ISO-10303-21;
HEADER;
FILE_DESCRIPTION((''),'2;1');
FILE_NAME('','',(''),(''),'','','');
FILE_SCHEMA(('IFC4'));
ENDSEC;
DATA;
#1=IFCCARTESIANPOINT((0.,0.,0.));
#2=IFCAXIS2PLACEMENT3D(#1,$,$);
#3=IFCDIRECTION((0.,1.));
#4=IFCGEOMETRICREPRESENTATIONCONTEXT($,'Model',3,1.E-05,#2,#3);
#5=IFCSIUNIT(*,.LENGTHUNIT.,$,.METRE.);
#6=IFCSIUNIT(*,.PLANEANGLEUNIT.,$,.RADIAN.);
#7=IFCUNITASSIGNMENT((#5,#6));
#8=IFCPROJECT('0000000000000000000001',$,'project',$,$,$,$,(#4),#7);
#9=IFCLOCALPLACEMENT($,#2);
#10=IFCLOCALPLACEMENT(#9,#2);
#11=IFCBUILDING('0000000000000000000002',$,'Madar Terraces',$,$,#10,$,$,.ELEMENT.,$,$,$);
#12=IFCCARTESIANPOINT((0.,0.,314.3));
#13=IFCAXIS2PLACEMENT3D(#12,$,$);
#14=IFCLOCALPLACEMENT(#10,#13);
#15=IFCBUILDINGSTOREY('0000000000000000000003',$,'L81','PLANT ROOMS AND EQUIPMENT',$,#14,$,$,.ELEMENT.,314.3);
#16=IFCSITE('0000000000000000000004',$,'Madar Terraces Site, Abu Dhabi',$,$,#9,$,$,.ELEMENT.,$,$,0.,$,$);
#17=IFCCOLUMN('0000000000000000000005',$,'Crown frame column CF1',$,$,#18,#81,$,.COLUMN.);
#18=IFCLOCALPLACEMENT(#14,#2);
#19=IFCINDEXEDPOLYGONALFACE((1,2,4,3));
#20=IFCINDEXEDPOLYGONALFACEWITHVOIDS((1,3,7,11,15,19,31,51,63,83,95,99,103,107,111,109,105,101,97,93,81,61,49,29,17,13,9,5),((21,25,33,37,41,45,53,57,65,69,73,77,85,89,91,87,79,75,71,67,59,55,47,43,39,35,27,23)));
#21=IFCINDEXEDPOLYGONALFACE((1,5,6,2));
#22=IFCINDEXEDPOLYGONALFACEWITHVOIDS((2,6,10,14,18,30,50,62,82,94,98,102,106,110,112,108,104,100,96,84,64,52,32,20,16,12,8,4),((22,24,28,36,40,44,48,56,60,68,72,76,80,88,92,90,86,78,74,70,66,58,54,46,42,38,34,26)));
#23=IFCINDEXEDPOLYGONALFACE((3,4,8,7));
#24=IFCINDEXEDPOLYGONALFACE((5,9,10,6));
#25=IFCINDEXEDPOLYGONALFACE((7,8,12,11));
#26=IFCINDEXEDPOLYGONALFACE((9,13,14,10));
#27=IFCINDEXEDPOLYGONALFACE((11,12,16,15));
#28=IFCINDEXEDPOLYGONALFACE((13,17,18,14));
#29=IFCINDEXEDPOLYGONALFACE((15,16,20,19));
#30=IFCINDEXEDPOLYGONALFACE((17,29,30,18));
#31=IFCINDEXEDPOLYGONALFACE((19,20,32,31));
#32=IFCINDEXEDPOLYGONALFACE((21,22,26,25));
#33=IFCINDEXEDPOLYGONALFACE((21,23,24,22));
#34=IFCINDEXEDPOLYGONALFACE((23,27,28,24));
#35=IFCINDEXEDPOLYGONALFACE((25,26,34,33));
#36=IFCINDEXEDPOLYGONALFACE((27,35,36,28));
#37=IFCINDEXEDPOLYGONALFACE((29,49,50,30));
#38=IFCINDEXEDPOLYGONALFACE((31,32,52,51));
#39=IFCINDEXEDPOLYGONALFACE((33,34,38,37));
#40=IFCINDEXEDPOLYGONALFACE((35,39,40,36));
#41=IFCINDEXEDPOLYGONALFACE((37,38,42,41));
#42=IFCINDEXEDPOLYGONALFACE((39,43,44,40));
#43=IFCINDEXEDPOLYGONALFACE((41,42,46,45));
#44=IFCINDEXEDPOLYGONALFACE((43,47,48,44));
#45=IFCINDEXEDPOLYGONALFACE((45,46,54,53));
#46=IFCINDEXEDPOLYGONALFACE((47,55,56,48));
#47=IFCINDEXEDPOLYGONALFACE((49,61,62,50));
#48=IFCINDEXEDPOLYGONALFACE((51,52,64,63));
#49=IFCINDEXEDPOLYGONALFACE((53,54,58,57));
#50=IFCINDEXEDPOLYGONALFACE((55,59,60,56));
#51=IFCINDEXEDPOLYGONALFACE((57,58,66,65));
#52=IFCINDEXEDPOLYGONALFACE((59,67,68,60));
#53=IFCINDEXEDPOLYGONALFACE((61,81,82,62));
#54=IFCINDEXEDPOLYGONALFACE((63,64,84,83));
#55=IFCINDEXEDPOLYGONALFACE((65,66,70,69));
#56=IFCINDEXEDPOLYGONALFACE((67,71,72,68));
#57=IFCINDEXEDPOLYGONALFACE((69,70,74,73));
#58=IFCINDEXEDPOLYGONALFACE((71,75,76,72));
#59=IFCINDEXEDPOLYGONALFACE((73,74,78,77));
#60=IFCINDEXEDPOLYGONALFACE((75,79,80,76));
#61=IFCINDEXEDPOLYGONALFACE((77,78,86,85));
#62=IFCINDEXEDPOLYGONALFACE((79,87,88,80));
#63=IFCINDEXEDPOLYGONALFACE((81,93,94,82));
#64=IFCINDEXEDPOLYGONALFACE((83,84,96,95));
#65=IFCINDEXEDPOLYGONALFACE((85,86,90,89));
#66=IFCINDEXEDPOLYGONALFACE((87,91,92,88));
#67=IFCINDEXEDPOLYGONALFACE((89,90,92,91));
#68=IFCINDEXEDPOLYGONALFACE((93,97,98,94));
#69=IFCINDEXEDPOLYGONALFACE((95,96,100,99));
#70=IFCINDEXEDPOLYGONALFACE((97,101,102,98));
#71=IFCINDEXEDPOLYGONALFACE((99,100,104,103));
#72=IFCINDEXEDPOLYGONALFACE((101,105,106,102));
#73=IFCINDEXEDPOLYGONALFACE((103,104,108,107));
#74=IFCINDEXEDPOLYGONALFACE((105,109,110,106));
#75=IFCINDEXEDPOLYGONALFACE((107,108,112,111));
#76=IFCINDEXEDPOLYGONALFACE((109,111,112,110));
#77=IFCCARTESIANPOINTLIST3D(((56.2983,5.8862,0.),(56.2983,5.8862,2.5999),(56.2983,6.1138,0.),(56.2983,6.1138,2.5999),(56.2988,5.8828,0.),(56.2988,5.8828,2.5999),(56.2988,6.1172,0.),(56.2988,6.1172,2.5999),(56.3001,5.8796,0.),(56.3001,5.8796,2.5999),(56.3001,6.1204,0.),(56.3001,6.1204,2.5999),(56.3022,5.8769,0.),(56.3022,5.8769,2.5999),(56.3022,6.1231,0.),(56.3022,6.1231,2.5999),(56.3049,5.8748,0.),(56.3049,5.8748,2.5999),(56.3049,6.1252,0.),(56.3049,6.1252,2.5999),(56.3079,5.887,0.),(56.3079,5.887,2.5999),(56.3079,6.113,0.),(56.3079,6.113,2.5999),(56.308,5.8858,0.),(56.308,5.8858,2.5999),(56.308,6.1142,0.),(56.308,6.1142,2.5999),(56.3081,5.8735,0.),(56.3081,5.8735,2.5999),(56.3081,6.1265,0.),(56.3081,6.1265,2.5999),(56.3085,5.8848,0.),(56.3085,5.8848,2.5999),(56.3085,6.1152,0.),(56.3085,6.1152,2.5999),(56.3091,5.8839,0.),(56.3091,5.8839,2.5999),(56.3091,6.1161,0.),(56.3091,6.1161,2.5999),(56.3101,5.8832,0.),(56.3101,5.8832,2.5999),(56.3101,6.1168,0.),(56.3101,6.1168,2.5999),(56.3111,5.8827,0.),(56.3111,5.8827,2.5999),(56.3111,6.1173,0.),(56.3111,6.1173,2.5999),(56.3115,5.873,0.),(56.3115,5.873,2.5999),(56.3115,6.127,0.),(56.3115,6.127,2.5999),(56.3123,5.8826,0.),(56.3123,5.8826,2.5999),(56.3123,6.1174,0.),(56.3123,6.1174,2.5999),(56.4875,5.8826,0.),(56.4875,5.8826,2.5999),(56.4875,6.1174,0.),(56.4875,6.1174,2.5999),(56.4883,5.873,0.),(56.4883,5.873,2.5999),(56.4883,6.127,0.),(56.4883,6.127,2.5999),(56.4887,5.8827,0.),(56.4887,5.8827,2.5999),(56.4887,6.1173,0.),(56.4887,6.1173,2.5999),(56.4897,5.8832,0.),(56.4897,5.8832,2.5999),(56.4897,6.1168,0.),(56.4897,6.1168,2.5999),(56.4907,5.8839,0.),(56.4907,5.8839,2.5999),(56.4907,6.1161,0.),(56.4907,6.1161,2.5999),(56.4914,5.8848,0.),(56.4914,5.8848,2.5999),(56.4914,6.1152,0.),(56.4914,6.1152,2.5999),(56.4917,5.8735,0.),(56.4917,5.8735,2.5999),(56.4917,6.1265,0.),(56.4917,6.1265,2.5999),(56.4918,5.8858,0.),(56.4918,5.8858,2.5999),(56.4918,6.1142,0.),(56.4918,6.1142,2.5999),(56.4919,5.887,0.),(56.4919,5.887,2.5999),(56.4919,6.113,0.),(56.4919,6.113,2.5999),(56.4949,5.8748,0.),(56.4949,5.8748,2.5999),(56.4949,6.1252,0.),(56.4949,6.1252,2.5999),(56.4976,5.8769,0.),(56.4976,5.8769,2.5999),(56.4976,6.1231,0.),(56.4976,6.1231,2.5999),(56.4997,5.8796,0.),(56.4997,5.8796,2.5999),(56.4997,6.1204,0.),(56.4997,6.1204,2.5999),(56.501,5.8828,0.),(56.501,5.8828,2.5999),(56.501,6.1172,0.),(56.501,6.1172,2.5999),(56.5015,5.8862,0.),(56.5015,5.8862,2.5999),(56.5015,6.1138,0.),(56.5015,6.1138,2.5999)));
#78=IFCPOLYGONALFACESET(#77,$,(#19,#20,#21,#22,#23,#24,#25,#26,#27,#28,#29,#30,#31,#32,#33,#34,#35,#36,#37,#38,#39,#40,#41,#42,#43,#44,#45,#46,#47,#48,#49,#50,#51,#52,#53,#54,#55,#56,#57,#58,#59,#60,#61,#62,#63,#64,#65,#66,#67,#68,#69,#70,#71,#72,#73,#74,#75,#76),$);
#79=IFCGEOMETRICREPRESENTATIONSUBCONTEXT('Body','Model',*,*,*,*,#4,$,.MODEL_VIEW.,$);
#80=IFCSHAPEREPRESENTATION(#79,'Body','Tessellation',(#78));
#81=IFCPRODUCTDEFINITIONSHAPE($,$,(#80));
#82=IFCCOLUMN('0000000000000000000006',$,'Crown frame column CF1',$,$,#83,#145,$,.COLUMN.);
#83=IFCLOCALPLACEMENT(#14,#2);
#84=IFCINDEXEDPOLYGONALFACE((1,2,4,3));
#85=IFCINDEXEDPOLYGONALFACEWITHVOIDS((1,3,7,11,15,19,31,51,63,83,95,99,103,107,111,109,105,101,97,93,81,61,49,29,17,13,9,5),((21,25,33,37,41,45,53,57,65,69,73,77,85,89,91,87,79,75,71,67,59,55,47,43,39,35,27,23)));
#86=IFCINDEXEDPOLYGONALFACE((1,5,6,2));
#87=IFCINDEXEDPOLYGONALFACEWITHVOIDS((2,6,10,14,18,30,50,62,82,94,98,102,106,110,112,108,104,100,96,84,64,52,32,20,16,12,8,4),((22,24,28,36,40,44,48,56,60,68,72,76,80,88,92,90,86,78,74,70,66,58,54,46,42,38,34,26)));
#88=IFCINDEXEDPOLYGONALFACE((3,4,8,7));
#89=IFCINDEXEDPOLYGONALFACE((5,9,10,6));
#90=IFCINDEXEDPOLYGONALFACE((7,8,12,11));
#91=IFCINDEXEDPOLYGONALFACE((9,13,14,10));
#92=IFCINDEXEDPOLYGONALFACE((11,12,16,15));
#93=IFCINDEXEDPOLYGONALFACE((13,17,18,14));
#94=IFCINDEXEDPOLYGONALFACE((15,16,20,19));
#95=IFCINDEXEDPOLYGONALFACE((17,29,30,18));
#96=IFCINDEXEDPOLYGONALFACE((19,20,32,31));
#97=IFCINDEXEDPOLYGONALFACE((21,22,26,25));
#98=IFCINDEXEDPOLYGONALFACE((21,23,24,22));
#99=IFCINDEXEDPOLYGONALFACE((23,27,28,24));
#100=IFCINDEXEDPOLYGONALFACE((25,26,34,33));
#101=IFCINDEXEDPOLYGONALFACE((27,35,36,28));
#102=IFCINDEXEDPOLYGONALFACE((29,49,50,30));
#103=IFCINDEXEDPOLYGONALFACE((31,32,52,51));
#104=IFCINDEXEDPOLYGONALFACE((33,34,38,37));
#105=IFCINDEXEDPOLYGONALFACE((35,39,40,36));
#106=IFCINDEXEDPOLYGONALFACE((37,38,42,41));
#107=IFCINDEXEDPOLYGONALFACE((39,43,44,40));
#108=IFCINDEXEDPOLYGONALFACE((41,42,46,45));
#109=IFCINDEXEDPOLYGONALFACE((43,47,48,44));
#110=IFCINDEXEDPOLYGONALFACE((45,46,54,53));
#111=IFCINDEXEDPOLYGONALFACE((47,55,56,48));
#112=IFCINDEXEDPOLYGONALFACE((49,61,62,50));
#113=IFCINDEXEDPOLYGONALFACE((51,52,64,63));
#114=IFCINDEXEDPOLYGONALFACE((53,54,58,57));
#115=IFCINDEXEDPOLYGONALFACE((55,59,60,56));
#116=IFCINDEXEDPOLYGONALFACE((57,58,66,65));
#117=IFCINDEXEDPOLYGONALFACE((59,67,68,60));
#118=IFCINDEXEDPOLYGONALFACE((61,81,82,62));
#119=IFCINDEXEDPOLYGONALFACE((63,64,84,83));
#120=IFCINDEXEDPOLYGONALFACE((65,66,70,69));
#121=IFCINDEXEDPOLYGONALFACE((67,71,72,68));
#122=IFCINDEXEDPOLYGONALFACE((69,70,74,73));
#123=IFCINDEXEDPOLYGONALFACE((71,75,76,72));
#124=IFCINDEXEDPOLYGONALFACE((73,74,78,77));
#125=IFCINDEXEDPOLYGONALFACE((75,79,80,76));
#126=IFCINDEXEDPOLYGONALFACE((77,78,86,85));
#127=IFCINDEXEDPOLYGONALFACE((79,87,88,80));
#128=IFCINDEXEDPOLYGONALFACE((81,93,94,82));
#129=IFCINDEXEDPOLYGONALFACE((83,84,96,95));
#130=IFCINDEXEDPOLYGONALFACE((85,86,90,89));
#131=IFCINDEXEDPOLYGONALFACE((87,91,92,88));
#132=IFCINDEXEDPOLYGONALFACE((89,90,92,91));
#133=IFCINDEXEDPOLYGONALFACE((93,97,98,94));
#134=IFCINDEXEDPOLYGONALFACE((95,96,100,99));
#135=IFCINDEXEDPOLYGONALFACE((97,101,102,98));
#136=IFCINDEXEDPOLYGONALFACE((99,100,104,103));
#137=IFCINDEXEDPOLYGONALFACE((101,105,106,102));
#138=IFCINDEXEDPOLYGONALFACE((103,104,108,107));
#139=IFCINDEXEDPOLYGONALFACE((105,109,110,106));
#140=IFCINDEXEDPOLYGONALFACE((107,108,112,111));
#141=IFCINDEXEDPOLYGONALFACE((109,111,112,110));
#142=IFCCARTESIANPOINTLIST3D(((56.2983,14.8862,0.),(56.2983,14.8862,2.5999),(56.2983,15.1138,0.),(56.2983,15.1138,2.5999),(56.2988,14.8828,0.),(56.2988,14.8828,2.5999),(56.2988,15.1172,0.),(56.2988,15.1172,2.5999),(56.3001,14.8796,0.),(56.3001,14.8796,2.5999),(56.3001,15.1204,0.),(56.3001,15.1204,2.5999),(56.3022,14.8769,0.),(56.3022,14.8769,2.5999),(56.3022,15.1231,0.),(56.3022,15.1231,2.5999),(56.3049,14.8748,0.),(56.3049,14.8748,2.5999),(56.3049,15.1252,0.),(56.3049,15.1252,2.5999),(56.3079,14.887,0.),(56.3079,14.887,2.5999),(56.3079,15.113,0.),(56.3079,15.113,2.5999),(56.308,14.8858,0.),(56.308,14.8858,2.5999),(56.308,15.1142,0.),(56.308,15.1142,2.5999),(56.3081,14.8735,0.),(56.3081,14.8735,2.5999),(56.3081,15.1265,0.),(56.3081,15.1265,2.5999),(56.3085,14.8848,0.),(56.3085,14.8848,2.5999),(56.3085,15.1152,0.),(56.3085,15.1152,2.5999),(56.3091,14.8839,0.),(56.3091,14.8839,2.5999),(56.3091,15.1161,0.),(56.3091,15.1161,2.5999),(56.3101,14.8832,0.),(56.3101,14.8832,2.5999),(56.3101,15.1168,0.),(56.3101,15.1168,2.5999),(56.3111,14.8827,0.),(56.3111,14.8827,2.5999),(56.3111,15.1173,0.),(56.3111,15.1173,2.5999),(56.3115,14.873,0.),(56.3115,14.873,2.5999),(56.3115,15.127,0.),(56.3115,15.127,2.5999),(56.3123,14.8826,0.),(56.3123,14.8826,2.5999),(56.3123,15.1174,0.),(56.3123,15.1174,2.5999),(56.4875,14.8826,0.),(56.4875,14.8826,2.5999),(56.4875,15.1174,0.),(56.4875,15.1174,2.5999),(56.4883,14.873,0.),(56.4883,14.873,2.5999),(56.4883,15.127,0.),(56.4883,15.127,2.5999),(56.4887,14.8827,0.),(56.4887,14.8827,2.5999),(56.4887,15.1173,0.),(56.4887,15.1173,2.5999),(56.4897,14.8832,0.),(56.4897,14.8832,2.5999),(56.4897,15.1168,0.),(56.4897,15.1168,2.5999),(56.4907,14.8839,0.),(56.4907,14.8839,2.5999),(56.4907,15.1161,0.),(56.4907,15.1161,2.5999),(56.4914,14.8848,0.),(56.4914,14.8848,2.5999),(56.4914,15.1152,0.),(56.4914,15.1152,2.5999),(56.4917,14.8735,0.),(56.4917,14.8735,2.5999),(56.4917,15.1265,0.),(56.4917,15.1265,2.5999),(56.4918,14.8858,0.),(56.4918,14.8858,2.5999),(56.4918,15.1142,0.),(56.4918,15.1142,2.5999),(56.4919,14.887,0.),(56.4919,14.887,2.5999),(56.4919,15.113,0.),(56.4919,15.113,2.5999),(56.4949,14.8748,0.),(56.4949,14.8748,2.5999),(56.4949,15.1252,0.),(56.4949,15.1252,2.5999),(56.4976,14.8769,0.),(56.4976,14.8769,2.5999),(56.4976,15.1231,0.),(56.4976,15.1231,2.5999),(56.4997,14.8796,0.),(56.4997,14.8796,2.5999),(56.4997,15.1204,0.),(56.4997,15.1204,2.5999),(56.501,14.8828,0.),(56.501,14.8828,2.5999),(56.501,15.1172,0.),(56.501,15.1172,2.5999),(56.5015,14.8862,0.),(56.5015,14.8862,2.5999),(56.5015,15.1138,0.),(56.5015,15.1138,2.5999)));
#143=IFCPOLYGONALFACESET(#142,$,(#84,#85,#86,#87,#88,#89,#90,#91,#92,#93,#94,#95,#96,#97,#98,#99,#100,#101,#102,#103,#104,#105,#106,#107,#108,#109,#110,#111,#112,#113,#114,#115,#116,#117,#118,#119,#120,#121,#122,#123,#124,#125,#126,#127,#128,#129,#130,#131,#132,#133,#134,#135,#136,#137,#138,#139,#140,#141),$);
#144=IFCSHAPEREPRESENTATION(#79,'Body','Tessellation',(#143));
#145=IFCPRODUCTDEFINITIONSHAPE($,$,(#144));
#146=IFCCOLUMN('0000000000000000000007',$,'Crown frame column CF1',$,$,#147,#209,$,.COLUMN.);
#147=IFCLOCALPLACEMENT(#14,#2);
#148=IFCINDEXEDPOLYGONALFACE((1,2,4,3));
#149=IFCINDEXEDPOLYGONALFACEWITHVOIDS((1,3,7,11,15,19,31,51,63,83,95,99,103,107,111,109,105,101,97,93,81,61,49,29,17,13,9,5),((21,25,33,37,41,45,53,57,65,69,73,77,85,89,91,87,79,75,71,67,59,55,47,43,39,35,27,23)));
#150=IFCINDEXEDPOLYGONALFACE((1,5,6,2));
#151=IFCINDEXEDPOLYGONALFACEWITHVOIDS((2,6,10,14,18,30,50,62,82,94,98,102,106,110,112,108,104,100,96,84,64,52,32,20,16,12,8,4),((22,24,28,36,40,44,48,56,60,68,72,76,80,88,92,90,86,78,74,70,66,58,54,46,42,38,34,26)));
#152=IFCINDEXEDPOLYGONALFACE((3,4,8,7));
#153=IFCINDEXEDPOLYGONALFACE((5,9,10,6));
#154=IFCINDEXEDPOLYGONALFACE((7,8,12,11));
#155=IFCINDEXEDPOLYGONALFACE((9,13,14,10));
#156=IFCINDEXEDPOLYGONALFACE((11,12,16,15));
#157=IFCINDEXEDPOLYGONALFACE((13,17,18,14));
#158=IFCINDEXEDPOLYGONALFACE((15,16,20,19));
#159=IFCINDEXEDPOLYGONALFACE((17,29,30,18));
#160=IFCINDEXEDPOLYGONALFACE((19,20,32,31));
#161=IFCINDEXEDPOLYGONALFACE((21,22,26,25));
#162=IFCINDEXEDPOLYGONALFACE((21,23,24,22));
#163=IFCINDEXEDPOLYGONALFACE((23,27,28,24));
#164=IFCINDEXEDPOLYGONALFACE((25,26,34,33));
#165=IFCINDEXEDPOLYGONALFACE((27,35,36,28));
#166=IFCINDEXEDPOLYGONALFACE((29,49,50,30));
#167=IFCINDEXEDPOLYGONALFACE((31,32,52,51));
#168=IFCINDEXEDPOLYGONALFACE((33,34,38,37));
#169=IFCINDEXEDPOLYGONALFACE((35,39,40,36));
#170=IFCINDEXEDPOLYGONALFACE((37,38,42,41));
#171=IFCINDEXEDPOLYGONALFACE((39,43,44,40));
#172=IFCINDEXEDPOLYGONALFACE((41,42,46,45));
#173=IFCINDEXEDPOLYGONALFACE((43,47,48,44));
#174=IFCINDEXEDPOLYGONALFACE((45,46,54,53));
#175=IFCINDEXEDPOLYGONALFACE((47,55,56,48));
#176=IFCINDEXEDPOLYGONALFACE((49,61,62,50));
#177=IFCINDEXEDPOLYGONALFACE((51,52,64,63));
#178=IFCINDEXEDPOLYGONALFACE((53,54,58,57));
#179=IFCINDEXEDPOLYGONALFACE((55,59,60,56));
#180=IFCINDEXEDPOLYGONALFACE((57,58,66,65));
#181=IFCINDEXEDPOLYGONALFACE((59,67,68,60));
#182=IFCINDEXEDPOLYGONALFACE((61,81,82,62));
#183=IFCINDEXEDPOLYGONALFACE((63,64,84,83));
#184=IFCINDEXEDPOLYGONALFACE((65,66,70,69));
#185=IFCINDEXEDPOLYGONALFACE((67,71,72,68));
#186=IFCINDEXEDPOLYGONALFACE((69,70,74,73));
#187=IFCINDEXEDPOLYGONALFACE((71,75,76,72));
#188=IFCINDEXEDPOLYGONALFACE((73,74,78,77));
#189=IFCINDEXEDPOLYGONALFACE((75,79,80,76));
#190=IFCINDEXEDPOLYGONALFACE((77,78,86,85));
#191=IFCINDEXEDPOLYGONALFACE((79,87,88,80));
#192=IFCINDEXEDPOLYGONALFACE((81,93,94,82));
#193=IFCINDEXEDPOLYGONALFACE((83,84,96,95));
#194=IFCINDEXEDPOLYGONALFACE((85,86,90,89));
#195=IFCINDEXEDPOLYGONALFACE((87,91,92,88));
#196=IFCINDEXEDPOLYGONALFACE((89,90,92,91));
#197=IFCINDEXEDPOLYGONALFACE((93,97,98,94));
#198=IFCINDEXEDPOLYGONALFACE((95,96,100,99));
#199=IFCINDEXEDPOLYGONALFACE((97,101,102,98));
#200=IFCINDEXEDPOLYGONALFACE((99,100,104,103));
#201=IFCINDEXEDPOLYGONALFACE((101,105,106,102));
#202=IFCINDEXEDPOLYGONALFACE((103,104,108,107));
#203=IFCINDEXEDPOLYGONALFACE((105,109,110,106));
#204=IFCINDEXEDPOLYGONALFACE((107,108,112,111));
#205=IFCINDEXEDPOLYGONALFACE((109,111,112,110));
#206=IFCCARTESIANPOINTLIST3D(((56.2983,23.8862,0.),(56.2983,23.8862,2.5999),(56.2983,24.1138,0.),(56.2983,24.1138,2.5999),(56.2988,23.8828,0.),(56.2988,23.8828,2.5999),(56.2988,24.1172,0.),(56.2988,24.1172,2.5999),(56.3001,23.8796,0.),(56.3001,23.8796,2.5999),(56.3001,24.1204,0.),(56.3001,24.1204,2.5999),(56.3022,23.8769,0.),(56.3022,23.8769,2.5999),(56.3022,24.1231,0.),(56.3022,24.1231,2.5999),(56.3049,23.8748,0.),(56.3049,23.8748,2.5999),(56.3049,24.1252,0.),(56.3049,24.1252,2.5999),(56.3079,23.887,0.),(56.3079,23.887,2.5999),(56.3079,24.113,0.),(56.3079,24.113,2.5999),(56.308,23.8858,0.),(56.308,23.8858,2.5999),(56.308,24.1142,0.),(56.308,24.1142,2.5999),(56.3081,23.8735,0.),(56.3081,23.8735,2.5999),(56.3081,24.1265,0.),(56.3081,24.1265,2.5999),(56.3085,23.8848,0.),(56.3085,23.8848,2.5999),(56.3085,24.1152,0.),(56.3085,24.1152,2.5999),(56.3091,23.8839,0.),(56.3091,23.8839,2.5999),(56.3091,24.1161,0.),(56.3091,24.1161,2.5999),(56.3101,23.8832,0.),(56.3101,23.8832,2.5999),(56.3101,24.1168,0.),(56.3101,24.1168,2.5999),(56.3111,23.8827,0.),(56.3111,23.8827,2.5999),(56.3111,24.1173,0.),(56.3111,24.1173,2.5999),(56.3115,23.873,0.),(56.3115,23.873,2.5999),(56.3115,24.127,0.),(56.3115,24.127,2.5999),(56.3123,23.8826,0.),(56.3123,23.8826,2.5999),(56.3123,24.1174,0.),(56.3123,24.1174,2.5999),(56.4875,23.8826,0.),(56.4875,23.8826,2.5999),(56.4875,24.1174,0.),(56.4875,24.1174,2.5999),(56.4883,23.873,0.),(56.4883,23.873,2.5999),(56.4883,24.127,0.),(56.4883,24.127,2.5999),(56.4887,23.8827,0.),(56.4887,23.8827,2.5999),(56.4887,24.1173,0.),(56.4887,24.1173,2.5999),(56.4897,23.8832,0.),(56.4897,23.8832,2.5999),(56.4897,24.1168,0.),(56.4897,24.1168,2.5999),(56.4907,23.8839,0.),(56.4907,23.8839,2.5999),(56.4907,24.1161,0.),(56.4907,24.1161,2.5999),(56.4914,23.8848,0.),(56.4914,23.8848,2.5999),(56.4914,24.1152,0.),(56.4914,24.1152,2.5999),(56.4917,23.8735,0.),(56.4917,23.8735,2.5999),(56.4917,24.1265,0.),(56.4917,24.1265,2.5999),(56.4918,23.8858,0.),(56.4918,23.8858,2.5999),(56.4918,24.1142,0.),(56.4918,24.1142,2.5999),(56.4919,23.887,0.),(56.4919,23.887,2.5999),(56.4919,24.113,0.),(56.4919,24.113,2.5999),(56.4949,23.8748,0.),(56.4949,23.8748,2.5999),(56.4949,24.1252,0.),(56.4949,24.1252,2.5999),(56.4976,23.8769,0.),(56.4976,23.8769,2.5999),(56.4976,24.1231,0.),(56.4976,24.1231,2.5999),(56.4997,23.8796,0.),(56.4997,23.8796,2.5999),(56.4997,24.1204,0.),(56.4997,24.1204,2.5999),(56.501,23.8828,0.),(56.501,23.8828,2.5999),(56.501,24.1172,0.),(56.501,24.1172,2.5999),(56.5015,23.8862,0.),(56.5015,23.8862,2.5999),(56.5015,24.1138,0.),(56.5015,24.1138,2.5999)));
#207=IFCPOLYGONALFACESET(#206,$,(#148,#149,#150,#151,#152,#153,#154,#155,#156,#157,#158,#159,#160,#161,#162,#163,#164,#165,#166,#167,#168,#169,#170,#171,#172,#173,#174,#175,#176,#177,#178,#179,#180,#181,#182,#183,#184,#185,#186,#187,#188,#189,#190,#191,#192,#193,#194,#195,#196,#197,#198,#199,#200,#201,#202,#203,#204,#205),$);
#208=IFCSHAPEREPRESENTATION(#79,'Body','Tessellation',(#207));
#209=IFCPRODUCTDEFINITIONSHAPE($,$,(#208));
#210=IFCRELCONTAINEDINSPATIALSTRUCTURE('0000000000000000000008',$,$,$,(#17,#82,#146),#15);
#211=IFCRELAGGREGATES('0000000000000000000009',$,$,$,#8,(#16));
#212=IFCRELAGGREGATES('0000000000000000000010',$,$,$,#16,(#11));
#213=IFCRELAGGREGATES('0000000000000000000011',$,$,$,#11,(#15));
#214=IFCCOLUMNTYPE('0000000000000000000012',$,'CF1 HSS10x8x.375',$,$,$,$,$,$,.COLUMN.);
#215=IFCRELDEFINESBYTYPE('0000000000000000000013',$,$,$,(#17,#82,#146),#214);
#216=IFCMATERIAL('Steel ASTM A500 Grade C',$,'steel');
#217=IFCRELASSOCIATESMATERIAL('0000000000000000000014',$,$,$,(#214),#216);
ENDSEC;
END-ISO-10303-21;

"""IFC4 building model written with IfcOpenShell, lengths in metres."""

from ifc_helpers import new_model, si_unit, direction, frame, origin, origin_2d, place, context, subcontext, project, spatial, hollow_rectangle, extrude, material, material_profile, profile_set, type_object, element, save


model = new_model("IFC4")

# Units and contexts
model_context = context("Model", 3, precision=1e-05, world=origin(), true_north=direction((0.0, 1.0)))
body_context = subcontext(model_context, "Body", "Model", "MODEL_VIEW")
ifc_project = project(units=[si_unit("LENGTHUNIT", "METRE"), si_unit("PLANEANGLEUNIT", "RADIAN")], contexts=[model_context])

# Site, building, storey
site_placement = place(None, origin())
site = spatial("IfcSite", under=ifc_project, at=site_placement, Name="Madar Terraces Site, Abu Dhabi", CompositionType="ELEMENT", RefElevation=0.0)
building_placement = place(site_placement, origin())
building = spatial("IfcBuilding", under=site, at=building_placement, Name="Madar Terraces", CompositionType="ELEMENT")
storey_placement = place(building_placement, frame((0.0, 0.0, 314.3)))
storey = spatial("IfcBuildingStorey", under=building, at=storey_placement, Name="L81", Description="PLANT ROOMS AND EQUIPMENT", CompositionType="ELEMENT", Elevation=314.3)

# Columns
ifc_material_1 = material(Name="Steel ASTM A500 Grade C", Category="steel")
ifc_material_profile_1 = material_profile(ifc_material_1, hollow_rectangle(XDim=0.2031, YDim=0.2539, WallThickness=0.0095, InnerFilletRadius=0.0044, OuterFilletRadius=0.0132, at=origin_2d()), Name="HSS10x8x.375")
ifc_profile_set_1 = profile_set([ifc_material_profile_1], Name="Steel ASTM A500 Grade C")
column_type = type_object("IfcColumnType", Name="CF1 HSS10x8x.375", PredefinedType="COLUMN", material=ifc_profile_set_1)
for number, where, z_axis, x_axis, name in (
    (1, (56.3999, 6.0, 0.0), (0.0, 0.0, 1.0), (1.0, 0.0, 0.0), "Crown frame column CF1"),
    (2, (56.3999, 15.0, 0.0), (0.0, 0.0, 1.0), (1.0, 0.0, 0.0), "Crown frame column CF1"),
    (3, (56.3999, 24.0, 0.0), (0.0, 0.0, 1.0), (1.0, 0.0, 0.0), "Crown frame column CF1"),
):
    element("IfcColumn", number, at=place(storey_placement, frame(where, z_axis=z_axis, x_axis=x_axis)), inside=storey, type_object=column_type, Name=name, PredefinedType="COLUMN", context=body_context, shape_type="SweptSolid", body=[
        extrude(hollow_rectangle(XDim=0.2031, YDim=0.2539, WallThickness=0.0095, InnerFilletRadius=0.0044, OuterFilletRadius=0.0132, at=origin_2d()), origin(), (0.0, 0.0, 1.0), 2.5999),
    ])

save(model, "model.ifc")
